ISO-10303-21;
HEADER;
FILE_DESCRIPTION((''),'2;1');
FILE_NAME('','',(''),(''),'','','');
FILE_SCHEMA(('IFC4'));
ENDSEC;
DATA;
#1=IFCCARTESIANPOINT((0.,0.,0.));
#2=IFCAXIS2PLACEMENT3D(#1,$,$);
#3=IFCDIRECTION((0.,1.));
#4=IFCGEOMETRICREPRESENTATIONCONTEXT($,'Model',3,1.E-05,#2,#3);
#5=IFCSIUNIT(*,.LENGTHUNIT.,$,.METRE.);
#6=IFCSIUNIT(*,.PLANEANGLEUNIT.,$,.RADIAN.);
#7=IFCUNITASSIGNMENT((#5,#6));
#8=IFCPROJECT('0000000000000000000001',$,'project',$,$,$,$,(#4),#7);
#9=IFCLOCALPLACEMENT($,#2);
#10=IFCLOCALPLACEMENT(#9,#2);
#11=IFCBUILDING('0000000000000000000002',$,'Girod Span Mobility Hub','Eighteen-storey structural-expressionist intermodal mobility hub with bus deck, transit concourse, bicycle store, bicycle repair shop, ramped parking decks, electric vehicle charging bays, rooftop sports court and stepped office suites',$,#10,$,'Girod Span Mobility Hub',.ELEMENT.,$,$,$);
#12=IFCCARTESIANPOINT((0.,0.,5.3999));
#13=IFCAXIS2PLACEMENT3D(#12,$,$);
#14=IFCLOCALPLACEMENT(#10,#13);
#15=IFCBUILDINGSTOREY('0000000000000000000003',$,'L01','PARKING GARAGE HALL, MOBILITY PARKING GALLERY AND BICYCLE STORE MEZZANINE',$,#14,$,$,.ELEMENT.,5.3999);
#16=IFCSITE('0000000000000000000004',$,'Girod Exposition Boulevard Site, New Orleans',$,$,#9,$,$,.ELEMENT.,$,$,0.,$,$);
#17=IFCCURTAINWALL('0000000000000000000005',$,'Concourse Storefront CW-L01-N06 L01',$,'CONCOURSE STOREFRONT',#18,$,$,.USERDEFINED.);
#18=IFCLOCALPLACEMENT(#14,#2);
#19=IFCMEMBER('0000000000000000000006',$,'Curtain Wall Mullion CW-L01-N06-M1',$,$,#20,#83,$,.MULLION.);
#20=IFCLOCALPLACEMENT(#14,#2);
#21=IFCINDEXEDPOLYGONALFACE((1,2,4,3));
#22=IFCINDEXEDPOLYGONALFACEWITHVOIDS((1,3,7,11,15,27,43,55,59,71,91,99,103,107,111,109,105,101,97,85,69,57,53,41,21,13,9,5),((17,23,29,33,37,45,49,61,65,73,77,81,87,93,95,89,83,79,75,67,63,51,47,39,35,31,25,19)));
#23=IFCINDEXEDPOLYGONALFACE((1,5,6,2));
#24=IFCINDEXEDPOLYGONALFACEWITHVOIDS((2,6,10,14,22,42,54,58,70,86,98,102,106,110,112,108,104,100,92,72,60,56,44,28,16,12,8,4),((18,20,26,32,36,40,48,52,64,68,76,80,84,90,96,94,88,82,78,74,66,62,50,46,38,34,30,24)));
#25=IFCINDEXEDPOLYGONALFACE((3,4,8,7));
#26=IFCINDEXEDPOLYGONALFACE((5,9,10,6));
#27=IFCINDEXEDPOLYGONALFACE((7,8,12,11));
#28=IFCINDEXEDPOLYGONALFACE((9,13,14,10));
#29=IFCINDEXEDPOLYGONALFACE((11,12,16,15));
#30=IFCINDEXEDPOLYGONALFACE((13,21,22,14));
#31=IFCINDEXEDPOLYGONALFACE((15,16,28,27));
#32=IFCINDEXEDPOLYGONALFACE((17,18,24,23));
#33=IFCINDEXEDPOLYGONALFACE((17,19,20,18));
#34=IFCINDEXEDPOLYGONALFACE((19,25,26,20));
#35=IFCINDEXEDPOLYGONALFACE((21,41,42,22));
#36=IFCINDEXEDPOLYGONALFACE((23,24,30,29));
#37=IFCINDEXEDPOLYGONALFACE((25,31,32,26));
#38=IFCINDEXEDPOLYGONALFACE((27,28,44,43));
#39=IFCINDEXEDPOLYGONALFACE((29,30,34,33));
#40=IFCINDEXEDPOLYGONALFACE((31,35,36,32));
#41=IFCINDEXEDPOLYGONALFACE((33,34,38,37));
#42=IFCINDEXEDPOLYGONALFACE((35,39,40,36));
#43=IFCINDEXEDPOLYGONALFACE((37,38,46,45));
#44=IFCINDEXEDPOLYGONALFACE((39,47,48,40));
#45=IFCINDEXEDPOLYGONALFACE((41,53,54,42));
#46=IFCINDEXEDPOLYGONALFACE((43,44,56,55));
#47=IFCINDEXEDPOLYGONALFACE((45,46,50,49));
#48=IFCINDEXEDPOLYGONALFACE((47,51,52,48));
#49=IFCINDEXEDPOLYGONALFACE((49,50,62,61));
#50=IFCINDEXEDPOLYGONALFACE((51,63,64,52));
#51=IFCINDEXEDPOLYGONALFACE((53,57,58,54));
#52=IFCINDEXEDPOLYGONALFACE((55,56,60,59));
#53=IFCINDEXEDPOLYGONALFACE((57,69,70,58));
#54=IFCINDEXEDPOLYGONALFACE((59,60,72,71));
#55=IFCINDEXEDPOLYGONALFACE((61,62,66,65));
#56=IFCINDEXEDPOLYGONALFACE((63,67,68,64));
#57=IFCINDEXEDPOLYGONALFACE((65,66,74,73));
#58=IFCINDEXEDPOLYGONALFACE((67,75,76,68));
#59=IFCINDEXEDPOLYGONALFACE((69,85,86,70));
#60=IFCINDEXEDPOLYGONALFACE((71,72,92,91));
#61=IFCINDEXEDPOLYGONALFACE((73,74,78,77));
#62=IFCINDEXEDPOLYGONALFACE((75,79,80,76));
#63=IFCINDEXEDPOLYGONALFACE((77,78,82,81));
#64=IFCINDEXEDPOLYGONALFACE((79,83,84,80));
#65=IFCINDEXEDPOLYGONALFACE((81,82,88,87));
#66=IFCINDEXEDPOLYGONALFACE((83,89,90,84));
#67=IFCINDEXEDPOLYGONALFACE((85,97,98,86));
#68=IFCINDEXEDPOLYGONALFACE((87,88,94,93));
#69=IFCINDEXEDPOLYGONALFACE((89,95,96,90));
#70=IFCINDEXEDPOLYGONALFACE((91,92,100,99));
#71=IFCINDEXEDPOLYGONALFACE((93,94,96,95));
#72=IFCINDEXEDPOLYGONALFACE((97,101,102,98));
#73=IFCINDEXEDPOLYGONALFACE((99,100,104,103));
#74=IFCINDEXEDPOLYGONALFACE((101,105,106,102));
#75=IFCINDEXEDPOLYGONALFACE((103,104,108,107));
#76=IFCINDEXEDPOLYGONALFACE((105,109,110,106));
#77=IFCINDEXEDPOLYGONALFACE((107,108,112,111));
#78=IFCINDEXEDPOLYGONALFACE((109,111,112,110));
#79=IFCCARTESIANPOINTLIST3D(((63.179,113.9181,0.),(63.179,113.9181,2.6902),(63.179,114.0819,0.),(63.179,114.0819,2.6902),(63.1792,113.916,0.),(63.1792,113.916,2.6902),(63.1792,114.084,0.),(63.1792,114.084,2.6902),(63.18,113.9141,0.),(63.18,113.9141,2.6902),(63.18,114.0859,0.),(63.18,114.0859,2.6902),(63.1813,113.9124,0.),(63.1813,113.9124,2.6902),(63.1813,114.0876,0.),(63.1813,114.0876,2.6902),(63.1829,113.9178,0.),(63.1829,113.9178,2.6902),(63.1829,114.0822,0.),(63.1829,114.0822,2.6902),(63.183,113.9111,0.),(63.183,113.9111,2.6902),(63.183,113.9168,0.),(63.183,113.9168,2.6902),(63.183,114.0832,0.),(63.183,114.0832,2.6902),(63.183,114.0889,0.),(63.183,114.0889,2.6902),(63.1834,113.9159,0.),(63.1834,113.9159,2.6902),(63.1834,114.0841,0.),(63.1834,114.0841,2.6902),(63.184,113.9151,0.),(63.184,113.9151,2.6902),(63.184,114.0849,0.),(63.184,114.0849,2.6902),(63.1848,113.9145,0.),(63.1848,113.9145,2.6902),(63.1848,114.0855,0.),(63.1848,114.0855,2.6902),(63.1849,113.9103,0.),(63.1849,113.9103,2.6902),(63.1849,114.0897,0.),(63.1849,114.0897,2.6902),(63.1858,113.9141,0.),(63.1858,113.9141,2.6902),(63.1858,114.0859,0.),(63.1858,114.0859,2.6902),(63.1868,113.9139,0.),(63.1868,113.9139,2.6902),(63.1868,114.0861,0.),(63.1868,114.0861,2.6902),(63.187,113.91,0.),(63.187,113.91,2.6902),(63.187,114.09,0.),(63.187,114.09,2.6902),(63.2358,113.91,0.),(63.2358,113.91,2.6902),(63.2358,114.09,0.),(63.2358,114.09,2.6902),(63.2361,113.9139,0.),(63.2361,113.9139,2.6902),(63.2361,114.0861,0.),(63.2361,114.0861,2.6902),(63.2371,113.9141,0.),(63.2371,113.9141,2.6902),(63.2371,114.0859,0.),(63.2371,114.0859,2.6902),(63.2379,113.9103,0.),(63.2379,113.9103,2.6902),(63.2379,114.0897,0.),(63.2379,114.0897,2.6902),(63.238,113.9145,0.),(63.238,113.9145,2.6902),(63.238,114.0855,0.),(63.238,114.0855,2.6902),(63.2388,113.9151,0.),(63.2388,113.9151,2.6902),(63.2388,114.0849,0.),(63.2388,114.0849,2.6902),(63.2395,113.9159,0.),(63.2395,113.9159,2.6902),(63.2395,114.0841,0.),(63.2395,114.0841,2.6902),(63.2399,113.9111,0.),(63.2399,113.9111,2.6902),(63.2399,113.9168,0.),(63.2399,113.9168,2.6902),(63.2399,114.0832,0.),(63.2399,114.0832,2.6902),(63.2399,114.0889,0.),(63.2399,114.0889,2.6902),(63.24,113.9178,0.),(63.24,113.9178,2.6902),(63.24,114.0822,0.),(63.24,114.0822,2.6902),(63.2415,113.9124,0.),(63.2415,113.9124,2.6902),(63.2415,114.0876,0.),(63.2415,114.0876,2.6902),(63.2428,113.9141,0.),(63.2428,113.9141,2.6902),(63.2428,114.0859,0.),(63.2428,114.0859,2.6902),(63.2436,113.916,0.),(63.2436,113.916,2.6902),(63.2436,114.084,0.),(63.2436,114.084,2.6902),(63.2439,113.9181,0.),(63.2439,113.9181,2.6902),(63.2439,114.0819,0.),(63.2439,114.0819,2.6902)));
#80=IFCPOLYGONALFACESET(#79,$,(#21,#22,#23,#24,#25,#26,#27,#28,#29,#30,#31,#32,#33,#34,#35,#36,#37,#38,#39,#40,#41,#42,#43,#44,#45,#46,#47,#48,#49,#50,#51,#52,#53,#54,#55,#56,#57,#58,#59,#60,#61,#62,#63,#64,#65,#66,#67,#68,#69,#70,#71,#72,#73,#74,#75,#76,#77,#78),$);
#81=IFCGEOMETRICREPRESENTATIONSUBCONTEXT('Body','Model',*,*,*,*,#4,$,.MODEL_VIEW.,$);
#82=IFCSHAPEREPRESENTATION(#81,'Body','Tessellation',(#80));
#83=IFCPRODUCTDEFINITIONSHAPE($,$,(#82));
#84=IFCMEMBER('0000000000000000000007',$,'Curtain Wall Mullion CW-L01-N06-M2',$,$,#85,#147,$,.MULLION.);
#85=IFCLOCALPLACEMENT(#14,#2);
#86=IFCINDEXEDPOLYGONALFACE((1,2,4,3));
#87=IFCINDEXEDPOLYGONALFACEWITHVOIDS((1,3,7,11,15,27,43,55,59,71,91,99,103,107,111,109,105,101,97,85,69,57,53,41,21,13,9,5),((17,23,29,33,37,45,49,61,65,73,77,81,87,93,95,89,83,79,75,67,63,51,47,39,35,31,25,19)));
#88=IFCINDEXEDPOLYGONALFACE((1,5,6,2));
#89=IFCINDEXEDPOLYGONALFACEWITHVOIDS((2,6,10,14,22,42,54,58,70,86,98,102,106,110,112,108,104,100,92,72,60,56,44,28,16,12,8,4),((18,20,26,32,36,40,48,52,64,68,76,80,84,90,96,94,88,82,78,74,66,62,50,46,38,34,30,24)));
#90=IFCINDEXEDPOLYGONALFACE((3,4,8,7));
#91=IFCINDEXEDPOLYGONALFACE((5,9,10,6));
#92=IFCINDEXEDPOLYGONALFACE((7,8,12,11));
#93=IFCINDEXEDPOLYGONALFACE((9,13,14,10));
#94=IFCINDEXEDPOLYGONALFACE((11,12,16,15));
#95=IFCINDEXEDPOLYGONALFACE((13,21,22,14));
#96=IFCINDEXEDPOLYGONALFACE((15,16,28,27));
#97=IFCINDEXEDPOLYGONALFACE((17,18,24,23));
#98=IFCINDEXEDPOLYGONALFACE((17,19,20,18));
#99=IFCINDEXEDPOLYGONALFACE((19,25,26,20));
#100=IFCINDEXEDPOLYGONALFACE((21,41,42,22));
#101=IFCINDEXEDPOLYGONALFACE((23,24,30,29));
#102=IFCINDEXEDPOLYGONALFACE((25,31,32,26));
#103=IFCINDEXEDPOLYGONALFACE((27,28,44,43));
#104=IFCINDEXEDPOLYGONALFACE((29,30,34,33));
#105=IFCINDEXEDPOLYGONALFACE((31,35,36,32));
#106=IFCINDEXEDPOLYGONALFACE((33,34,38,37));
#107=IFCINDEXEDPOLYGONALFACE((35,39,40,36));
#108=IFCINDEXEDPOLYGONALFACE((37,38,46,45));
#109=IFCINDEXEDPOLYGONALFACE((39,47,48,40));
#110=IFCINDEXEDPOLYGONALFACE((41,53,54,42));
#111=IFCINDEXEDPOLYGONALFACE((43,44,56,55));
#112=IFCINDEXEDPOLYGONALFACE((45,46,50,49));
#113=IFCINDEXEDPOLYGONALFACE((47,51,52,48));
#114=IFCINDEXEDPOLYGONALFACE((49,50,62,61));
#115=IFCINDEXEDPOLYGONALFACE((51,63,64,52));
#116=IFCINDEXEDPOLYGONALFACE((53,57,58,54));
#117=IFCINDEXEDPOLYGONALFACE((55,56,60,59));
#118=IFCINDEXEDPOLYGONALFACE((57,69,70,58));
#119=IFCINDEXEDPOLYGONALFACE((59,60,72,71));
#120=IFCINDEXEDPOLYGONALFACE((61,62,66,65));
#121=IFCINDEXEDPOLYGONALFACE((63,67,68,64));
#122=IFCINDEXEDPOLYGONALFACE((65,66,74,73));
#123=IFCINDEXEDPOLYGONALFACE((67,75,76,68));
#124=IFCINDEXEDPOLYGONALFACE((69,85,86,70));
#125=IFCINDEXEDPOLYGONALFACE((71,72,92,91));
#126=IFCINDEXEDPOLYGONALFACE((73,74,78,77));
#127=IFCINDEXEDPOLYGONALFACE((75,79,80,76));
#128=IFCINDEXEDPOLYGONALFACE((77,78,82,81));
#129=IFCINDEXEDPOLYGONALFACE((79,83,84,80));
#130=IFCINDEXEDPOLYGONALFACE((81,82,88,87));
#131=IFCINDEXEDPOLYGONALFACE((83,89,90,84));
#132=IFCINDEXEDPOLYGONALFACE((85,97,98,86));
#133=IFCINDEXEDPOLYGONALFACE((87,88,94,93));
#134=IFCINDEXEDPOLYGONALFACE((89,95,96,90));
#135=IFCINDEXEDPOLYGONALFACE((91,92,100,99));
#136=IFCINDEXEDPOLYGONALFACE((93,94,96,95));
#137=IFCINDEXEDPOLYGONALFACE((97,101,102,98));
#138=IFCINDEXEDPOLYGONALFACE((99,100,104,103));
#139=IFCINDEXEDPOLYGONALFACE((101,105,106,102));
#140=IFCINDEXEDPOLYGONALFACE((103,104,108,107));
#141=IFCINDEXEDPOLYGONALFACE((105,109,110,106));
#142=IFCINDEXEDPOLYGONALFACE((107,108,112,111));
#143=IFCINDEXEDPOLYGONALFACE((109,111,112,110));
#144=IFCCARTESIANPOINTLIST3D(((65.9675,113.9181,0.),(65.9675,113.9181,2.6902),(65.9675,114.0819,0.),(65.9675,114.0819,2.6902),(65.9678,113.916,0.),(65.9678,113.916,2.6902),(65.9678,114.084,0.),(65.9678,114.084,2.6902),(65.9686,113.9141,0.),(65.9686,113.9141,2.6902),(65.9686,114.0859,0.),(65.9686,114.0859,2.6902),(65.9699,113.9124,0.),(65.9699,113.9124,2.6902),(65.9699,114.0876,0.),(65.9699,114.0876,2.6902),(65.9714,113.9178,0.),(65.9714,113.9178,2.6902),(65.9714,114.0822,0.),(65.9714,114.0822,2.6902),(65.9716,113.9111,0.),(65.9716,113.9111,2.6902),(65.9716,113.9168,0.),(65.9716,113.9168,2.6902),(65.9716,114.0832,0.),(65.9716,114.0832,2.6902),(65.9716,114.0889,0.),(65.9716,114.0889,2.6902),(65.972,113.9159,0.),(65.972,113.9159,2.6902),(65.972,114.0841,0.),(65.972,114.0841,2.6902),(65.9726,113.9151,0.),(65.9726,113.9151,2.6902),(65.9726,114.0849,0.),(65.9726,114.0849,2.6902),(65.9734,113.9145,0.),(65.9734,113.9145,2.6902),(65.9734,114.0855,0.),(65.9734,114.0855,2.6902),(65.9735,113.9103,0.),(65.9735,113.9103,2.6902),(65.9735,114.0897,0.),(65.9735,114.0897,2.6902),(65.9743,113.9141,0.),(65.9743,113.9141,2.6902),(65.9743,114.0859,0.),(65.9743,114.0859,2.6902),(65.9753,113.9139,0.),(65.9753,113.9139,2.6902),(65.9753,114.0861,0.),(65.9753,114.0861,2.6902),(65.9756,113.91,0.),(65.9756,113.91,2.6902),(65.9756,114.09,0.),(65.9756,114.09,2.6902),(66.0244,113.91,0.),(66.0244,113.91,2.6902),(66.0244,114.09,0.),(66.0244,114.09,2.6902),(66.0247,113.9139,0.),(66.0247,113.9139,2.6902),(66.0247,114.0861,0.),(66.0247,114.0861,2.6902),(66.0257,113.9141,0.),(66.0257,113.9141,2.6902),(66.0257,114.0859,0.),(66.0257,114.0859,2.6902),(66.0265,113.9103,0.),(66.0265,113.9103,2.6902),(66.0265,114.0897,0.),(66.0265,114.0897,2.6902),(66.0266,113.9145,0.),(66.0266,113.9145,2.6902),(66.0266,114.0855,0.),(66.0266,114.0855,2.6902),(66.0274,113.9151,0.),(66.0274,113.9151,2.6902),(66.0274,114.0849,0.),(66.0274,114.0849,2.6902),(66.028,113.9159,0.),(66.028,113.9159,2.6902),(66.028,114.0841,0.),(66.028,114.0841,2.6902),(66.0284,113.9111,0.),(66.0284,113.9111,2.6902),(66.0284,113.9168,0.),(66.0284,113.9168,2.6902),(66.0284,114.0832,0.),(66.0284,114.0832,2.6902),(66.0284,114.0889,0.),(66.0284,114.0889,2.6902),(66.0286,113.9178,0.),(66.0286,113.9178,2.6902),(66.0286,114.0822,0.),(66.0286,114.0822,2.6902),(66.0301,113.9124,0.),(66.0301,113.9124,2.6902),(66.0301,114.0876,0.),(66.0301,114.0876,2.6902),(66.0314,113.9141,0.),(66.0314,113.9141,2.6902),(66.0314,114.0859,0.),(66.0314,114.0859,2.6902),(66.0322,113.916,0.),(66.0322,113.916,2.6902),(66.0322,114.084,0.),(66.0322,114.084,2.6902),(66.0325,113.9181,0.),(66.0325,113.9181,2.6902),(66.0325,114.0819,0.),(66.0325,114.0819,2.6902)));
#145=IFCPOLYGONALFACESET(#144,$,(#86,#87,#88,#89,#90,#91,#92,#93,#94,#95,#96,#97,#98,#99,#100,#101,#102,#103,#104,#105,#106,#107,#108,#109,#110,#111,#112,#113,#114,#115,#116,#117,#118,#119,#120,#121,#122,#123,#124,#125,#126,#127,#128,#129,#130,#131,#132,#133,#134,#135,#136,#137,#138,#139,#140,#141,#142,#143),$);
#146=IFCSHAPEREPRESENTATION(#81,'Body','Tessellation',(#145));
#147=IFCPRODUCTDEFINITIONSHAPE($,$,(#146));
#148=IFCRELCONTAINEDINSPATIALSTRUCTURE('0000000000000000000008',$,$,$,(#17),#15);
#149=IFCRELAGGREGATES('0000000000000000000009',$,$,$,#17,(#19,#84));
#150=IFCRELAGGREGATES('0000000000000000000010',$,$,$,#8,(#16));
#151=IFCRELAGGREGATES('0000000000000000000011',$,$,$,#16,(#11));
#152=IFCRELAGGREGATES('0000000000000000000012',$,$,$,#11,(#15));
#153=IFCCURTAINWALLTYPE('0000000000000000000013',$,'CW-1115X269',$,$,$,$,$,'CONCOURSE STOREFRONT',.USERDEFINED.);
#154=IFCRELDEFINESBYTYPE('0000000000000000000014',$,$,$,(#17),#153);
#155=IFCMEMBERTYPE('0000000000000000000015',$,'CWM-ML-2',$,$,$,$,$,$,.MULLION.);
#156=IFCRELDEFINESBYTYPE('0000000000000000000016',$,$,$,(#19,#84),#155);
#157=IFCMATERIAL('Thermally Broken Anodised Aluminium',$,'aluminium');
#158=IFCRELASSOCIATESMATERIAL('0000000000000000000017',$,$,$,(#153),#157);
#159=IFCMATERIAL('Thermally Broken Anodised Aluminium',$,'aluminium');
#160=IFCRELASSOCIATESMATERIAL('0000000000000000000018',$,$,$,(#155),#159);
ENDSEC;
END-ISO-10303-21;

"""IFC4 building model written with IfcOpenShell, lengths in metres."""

from ifc_helpers import new_model, si_unit, direction, frame, origin, origin_2d, place, context, subcontext, project, spatial, hollow_rectangle, extrude, material, material_profile, profile_set, type_object, element, aggregate, save


model = new_model("IFC4")

# Units and contexts
model_context = context("Model", 3, precision=1e-05, world=origin(), true_north=direction((0.0, 1.0)))
body_context = subcontext(model_context, "Body", "Model", "MODEL_VIEW")
ifc_project = project(units=[si_unit("LENGTHUNIT", "METRE"), si_unit("PLANEANGLEUNIT", "RADIAN")], contexts=[model_context])

# Site, building, storey
site_placement = place(None, origin())
site = spatial("IfcSite", under=ifc_project, at=site_placement, Name="Girod Exposition Boulevard Site, New Orleans", CompositionType="ELEMENT", RefElevation=0.0)
building_placement = place(site_placement, origin())
building = spatial("IfcBuilding", under=site, at=building_placement, Name="Girod Span Mobility Hub", Description="Eighteen-storey structural-expressionist intermodal mobility hub with bus deck, transit concourse, bicycle store, bicycle repair shop, ramped parking decks, electric vehicle charging bays, rooftop sports court and stepped office suites", LongName="Girod Span Mobility Hub", CompositionType="ELEMENT")
storey_placement = place(building_placement, frame((0.0, 0.0, 5.3999)))
storey = spatial("IfcBuildingStorey", under=building, at=storey_placement, Name="L01", Description="PARKING GARAGE HALL, MOBILITY PARKING GALLERY AND BICYCLE STORE MEZZANINE", CompositionType="ELEMENT", Elevation=5.3999)

# Curtain wall, members
ifc_material_1 = material(Name="Thermally Broken Anodised Aluminium", Category="aluminium")
curtain_wall_type = type_object("IfcCurtainWallType", Name="CW-1115X269", ElementType="CONCOURSE STOREFRONT", PredefinedType="USERDEFINED", material=ifc_material_1)
curtain_wall_placement = place(storey_placement, origin())
curtain_wall = element("IfcCurtainWall", 1, at=curtain_wall_placement, inside=storey, type_object=curtain_wall_type, Name="Concourse Storefront CW-L01-N06 L01", ObjectType="CONCOURSE STOREFRONT", PredefinedType="USERDEFINED")
ifc_material_2 = material(Name="Thermally Broken Anodised Aluminium", Category="aluminium")
ifc_material_profile_1 = material_profile(ifc_material_2, hollow_rectangle(XDim=0.1799, YDim=0.0649, WallThickness=0.0039, InnerFilletRadius=0.0039, OuterFilletRadius=0.0081, at=origin_2d()), Name="CW-ML-65X180")
ifc_profile_set_1 = profile_set([ifc_material_profile_1], Name="Thermally Broken Anodised Aluminium")
member_type_1 = type_object("IfcMemberType", Name="CWM-ML-2", PredefinedType="MULLION", material=ifc_profile_set_1)
member_1_placement = place(storey_placement, frame((63.2114, 114.0, 0.0), z_axis=(0.0, 0.0, 1.0), x_axis=(0.0, 1.0, 0.0)))
member_1 = element("IfcMember", 2, at=member_1_placement, type_object=member_type_1, Name="Curtain Wall Mullion CW-L01-N06-M1", PredefinedType="MULLION", context=body_context, shape_type="SweptSolid", body=[
    extrude(hollow_rectangle(XDim=0.1799, YDim=0.0649, WallThickness=0.0039, InnerFilletRadius=0.0039, OuterFilletRadius=0.0081, at=origin_2d()), origin(), (0.0, 0.0, 1.0), 2.6902),
])
member_2_placement = place(storey_placement, frame((66.0, 114.0, 0.0), z_axis=(0.0, 0.0, 1.0), x_axis=(0.0, 1.0, 0.0)))
member_2 = element("IfcMember", 3, at=member_2_placement, type_object=member_type_1, Name="Curtain Wall Mullion CW-L01-N06-M2", PredefinedType="MULLION", context=body_context, shape_type="SweptSolid", body=[
    extrude(hollow_rectangle(XDim=0.1799, YDim=0.0649, WallThickness=0.0039, InnerFilletRadius=0.0039, OuterFilletRadius=0.0081, at=origin_2d()), origin(), (0.0, 0.0, 1.0), 2.6902),
])
aggregate(curtain_wall, [member_1, member_2])

save(model, "model.ifc")
